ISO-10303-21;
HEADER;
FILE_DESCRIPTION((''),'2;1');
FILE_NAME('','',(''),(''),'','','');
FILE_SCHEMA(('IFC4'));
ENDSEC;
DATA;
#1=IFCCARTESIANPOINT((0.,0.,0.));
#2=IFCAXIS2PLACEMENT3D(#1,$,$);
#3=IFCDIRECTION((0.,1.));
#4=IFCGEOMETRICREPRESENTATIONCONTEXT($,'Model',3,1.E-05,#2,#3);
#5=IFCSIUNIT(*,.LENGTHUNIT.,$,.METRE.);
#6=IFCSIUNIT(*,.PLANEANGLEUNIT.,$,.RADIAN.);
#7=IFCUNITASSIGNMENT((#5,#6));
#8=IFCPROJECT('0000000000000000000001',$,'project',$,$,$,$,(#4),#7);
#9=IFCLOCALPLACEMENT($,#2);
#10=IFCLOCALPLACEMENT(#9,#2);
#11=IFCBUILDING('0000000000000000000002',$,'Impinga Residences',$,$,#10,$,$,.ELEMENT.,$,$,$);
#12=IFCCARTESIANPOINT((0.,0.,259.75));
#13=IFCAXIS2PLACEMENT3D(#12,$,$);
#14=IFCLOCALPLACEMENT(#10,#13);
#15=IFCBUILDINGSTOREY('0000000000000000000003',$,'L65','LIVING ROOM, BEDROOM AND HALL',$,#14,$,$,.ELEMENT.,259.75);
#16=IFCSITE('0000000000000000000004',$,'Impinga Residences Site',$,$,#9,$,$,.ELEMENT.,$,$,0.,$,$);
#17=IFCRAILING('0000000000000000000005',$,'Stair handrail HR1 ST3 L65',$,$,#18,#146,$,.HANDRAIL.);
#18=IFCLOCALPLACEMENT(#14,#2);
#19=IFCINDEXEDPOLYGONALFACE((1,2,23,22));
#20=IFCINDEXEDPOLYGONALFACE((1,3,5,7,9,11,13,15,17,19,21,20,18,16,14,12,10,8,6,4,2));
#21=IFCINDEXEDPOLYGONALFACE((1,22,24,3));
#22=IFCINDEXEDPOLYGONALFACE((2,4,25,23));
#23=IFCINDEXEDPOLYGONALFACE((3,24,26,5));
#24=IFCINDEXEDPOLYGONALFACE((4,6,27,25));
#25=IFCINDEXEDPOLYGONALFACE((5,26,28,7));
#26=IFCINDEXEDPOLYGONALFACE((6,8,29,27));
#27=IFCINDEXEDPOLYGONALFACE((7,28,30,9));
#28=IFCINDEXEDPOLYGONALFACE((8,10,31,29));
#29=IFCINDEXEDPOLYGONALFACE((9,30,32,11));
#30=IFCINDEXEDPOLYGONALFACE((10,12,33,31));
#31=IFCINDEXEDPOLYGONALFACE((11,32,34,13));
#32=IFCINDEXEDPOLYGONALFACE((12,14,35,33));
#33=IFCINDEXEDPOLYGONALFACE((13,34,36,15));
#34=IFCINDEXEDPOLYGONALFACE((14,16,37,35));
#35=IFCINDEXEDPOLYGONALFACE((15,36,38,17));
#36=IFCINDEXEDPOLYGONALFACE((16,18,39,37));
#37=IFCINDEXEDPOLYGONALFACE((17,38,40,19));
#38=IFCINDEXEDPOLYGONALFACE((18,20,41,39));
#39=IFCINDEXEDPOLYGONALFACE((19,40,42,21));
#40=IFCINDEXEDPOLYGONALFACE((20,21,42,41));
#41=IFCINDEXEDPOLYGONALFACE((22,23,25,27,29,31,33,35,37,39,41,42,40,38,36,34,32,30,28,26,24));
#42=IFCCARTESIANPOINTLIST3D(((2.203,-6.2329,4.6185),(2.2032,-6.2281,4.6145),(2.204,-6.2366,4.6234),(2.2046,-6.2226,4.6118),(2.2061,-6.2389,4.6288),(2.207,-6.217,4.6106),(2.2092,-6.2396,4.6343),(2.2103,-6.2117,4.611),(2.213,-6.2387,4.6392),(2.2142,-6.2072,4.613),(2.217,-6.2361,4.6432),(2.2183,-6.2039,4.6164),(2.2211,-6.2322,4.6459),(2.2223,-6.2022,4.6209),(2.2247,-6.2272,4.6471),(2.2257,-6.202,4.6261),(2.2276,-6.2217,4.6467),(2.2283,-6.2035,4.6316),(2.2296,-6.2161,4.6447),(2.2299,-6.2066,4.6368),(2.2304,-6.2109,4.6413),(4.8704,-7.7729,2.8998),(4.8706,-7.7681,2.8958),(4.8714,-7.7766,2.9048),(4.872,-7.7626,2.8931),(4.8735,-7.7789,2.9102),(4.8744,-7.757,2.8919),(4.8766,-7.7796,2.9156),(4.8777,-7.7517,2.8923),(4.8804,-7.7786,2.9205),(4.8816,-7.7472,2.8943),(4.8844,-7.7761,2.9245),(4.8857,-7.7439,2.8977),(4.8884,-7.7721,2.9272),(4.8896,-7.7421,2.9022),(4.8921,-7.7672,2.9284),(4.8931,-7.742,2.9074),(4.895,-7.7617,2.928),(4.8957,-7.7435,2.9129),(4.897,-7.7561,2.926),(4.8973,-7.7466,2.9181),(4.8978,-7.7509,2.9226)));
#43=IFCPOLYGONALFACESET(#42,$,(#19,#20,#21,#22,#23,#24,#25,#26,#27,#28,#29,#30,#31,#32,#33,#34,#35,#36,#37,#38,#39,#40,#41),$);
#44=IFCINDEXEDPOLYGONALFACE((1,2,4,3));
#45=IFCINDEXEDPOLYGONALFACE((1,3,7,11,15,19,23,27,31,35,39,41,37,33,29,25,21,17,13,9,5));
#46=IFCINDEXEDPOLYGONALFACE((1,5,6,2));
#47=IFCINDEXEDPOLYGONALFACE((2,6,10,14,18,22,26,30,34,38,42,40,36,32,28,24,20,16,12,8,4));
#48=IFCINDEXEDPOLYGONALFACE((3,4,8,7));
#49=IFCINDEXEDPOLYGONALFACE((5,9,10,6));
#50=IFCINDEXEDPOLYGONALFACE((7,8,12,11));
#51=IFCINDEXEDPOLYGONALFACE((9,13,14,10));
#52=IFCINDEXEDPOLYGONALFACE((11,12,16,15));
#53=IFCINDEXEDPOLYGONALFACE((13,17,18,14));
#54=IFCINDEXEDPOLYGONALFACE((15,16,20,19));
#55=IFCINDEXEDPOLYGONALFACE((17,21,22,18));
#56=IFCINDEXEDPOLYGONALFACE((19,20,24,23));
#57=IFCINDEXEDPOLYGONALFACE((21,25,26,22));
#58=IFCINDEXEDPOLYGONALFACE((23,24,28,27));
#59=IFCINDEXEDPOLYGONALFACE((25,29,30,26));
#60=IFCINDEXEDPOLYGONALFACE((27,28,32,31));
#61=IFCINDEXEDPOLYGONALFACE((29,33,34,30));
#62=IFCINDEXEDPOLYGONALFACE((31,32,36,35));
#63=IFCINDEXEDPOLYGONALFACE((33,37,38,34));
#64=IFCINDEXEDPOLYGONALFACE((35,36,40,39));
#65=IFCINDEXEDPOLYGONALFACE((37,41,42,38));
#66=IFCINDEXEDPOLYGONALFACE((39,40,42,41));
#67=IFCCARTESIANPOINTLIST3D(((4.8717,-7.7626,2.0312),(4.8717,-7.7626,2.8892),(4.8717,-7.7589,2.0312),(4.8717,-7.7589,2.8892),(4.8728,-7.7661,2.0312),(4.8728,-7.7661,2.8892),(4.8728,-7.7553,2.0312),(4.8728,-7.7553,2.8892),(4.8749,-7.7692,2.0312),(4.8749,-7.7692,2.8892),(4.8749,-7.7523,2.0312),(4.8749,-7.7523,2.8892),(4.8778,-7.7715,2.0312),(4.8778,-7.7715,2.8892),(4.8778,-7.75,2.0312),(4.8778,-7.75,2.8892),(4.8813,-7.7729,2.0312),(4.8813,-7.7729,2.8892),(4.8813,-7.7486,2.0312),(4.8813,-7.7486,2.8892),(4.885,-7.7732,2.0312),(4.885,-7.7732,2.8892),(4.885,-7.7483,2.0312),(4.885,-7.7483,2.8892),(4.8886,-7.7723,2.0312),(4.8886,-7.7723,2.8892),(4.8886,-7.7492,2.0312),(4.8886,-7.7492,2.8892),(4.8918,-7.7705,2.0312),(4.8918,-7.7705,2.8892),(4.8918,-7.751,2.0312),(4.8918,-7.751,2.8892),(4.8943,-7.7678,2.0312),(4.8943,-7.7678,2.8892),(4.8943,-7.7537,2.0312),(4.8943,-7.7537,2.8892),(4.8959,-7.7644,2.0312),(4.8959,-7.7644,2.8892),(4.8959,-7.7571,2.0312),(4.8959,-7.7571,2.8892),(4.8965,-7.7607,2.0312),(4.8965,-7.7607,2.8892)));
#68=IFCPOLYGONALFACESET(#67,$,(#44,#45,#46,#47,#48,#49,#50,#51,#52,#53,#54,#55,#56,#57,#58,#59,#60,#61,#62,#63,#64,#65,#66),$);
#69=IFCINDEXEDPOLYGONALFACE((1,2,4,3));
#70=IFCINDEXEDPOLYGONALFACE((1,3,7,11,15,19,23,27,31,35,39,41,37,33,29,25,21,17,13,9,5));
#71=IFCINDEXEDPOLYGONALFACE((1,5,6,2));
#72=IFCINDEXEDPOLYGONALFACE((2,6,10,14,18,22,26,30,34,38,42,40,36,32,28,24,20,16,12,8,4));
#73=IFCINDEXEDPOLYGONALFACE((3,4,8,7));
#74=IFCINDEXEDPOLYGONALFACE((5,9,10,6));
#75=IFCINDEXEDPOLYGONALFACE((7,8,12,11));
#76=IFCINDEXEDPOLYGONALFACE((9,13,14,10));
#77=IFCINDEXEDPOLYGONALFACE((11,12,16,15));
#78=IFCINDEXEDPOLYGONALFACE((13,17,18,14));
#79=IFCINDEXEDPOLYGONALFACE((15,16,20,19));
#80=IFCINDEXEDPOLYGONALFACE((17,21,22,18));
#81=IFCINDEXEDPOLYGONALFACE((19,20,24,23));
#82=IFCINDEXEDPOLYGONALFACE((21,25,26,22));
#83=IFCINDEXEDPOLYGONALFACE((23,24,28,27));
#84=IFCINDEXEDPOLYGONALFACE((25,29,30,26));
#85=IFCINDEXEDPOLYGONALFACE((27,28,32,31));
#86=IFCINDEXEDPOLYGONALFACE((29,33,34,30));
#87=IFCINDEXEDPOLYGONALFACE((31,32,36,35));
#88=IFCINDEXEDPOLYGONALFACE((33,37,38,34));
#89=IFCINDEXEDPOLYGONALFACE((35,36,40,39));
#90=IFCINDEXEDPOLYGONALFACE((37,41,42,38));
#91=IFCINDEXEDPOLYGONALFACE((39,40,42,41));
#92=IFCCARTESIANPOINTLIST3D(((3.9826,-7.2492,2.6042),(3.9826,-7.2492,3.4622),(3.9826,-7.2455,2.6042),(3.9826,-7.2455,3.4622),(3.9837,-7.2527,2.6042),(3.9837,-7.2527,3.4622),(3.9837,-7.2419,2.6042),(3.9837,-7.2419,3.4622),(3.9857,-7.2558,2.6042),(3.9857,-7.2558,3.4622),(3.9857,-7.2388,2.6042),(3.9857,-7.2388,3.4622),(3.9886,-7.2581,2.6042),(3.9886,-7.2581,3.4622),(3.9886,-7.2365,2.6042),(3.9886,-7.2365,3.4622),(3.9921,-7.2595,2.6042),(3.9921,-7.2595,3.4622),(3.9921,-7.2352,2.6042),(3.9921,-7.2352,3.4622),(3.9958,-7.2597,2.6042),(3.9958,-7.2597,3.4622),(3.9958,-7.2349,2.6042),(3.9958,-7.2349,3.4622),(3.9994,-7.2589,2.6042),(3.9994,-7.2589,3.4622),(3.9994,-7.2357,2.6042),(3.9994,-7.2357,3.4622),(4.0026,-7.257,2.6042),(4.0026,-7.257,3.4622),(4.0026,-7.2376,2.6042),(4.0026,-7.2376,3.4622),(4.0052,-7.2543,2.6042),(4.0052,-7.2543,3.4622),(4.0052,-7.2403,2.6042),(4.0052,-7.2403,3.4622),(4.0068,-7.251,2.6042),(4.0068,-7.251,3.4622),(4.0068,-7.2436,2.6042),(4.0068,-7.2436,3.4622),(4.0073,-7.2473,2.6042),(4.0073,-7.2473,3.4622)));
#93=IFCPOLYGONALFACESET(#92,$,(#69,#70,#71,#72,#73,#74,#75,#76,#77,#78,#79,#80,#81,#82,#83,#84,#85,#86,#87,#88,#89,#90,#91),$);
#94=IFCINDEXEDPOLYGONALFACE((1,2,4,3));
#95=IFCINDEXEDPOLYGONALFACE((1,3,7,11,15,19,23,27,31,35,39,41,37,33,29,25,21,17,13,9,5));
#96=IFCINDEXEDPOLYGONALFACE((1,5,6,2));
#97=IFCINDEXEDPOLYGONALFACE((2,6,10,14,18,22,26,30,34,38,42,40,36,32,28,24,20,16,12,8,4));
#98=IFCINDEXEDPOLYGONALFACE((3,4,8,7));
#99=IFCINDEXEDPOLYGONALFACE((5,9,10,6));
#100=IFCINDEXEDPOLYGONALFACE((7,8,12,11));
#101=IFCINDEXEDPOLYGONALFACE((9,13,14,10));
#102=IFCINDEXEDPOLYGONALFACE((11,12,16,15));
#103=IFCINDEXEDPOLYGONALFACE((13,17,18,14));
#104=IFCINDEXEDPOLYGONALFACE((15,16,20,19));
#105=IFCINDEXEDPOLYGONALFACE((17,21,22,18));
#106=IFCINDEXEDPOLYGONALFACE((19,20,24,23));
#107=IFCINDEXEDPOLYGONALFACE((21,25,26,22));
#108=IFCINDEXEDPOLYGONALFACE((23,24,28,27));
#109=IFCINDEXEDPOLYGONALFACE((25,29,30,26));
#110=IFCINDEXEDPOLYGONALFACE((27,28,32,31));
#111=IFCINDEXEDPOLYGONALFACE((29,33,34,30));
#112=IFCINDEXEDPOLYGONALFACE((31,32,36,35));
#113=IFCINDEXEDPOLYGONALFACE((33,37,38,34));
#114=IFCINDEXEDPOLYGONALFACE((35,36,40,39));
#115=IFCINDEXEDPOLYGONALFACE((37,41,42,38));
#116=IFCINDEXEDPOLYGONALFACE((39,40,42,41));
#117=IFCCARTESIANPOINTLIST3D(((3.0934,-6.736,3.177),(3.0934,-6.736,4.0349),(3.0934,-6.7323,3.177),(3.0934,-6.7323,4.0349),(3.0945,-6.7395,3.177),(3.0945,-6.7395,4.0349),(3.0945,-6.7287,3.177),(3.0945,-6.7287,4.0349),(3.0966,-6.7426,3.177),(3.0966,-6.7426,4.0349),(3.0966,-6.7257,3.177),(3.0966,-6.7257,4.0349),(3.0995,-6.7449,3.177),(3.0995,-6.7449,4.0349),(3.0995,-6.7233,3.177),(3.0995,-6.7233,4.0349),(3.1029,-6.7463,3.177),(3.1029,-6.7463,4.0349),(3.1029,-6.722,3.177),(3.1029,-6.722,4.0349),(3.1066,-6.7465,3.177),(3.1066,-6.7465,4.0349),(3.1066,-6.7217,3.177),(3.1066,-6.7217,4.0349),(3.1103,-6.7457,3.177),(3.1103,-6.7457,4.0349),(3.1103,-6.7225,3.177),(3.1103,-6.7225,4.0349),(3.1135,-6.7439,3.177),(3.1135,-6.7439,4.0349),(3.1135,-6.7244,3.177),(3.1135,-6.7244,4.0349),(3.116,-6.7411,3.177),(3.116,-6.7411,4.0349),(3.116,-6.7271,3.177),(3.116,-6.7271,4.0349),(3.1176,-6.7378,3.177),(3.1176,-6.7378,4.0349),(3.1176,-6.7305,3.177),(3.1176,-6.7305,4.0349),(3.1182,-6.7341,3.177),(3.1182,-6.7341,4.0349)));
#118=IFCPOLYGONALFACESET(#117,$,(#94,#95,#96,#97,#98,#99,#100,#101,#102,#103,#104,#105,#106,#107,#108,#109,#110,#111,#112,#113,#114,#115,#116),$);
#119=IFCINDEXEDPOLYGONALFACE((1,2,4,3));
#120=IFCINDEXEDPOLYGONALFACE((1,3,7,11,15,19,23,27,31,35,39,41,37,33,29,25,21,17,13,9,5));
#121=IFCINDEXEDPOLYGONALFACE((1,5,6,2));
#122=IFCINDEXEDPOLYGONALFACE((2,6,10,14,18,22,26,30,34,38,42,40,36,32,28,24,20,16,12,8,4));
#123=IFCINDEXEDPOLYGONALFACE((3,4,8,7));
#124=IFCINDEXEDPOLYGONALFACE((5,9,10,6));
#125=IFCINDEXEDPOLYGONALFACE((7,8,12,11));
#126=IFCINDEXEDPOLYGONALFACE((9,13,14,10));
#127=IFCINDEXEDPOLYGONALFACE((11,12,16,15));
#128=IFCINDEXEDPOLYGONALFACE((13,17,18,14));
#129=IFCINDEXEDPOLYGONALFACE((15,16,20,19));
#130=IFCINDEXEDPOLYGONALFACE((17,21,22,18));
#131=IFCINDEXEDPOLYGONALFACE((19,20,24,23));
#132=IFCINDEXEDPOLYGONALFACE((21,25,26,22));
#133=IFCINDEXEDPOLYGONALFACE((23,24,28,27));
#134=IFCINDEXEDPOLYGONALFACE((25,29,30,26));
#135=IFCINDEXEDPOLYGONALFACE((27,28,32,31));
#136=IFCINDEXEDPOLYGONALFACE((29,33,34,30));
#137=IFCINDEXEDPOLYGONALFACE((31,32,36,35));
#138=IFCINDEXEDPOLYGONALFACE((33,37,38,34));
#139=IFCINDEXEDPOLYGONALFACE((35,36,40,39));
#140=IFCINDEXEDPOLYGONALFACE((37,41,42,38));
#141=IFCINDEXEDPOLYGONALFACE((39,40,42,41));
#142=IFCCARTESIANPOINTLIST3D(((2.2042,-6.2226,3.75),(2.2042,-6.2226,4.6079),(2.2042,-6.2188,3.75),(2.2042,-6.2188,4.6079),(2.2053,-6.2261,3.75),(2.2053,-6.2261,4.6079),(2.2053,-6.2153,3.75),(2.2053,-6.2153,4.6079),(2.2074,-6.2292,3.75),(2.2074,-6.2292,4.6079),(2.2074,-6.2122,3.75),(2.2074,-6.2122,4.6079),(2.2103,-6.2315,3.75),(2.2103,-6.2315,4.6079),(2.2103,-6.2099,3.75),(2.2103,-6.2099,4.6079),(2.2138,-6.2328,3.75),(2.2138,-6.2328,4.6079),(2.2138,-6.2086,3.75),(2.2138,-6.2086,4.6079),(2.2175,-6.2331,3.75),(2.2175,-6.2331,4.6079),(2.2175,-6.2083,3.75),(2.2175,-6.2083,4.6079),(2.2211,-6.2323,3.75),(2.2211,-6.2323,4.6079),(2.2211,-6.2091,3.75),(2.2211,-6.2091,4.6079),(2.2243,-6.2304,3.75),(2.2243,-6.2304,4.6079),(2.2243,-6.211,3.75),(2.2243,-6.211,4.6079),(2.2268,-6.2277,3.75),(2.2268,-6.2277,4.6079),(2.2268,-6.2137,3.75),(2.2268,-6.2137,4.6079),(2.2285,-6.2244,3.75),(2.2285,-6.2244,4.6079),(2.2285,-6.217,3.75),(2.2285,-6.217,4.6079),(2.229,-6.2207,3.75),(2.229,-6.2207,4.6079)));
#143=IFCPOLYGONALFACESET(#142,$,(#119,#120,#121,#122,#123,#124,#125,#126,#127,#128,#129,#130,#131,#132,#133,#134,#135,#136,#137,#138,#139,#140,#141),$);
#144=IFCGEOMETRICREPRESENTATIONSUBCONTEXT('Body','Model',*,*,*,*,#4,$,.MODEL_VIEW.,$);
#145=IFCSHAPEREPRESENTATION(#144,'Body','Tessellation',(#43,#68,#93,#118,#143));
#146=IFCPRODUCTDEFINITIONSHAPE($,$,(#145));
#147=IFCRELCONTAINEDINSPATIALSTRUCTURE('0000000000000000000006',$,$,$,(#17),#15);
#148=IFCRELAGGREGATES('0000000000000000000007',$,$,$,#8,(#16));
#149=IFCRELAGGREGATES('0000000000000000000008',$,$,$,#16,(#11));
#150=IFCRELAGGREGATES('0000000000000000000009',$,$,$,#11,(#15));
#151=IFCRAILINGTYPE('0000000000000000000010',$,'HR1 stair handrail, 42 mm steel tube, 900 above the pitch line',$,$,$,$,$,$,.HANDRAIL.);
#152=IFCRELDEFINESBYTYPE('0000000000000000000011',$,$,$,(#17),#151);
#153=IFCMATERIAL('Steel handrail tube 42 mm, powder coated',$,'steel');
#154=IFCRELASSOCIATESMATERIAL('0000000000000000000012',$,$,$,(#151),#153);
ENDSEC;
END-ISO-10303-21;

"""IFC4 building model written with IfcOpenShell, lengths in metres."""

from ifc_helpers import new_model, si_unit, direction, frame, origin, origin_2d, place, context, subcontext, project, spatial, circle, extrude, material, type_object, element, save


model = new_model("IFC4")

# Units and contexts
model_context = context("Model", 3, precision=1e-05, world=origin(), true_north=direction((0.0, 1.0)))
body_context = subcontext(model_context, "Body", "Model", "MODEL_VIEW")
ifc_project = project(units=[si_unit("LENGTHUNIT", "METRE"), si_unit("PLANEANGLEUNIT", "RADIAN")], contexts=[model_context])

# Site, building, storey
site_placement = place(None, origin())
site = spatial("IfcSite", under=ifc_project, at=site_placement, Name="Impinga Residences Site", CompositionType="ELEMENT", RefElevation=0.0)
building_placement = place(site_placement, origin())
building = spatial("IfcBuilding", under=site, at=building_placement, Name="Impinga Residences", CompositionType="ELEMENT")
storey_placement = place(building_placement, frame((0.0, 0.0, 259.75)))
storey = spatial("IfcBuildingStorey", under=building, at=storey_placement, Name="L65", Description="LIVING ROOM, BEDROOM AND HALL", CompositionType="ELEMENT", Elevation=259.75)

# Railing
ifc_material_1 = material(Name="Steel handrail tube 42 mm, powder coated", Category="steel")
railing_type_1 = type_object("IfcRailingType", Name="HR1 stair handrail, 42 mm steel tube, 900 above the pitch line", PredefinedType="HANDRAIL", material=ifc_material_1)
railing_1_placement = place(storey_placement, frame((4.884, -7.7607, 2.0312)))
element("IfcRailing", 1, at=railing_1_placement, inside=storey, type_object=railing_type_1, Name="Stair handrail HR1 ST3 L65", PredefinedType="HANDRAIL", context=body_context, shape_type="SweptSolid", body=[
    extrude(circle(Radius=0.021, at=origin_2d()), frame((0.0, 0.0, 0.8789), z_axis=(-0.756256, 0.436616, 0.487282), x_axis=(-0.499992, -0.86603, 0.0)), (0.0, 0.0, 1.0), 3.5271),
    extrude(circle(Radius=0.0125, at=origin_2d()), origin(), (0.0, 0.0, 1.0), 0.8579),
    extrude(circle(Radius=0.0125, at=origin_2d()), frame((-0.8892, 0.5134, 0.573)), (0.0, 0.0, 1.0), 0.8579),
    extrude(circle(Radius=0.0125, at=origin_2d()), frame((-1.7783, 1.0266, 1.1458)), (0.0, 0.0, 1.0), 0.8579),
    extrude(circle(Radius=0.0125, at=origin_2d()), frame((-2.6675, 1.54, 1.7188)), (0.0, 0.0, 1.0), 0.8579),
])

save(model, "model.ifc")
